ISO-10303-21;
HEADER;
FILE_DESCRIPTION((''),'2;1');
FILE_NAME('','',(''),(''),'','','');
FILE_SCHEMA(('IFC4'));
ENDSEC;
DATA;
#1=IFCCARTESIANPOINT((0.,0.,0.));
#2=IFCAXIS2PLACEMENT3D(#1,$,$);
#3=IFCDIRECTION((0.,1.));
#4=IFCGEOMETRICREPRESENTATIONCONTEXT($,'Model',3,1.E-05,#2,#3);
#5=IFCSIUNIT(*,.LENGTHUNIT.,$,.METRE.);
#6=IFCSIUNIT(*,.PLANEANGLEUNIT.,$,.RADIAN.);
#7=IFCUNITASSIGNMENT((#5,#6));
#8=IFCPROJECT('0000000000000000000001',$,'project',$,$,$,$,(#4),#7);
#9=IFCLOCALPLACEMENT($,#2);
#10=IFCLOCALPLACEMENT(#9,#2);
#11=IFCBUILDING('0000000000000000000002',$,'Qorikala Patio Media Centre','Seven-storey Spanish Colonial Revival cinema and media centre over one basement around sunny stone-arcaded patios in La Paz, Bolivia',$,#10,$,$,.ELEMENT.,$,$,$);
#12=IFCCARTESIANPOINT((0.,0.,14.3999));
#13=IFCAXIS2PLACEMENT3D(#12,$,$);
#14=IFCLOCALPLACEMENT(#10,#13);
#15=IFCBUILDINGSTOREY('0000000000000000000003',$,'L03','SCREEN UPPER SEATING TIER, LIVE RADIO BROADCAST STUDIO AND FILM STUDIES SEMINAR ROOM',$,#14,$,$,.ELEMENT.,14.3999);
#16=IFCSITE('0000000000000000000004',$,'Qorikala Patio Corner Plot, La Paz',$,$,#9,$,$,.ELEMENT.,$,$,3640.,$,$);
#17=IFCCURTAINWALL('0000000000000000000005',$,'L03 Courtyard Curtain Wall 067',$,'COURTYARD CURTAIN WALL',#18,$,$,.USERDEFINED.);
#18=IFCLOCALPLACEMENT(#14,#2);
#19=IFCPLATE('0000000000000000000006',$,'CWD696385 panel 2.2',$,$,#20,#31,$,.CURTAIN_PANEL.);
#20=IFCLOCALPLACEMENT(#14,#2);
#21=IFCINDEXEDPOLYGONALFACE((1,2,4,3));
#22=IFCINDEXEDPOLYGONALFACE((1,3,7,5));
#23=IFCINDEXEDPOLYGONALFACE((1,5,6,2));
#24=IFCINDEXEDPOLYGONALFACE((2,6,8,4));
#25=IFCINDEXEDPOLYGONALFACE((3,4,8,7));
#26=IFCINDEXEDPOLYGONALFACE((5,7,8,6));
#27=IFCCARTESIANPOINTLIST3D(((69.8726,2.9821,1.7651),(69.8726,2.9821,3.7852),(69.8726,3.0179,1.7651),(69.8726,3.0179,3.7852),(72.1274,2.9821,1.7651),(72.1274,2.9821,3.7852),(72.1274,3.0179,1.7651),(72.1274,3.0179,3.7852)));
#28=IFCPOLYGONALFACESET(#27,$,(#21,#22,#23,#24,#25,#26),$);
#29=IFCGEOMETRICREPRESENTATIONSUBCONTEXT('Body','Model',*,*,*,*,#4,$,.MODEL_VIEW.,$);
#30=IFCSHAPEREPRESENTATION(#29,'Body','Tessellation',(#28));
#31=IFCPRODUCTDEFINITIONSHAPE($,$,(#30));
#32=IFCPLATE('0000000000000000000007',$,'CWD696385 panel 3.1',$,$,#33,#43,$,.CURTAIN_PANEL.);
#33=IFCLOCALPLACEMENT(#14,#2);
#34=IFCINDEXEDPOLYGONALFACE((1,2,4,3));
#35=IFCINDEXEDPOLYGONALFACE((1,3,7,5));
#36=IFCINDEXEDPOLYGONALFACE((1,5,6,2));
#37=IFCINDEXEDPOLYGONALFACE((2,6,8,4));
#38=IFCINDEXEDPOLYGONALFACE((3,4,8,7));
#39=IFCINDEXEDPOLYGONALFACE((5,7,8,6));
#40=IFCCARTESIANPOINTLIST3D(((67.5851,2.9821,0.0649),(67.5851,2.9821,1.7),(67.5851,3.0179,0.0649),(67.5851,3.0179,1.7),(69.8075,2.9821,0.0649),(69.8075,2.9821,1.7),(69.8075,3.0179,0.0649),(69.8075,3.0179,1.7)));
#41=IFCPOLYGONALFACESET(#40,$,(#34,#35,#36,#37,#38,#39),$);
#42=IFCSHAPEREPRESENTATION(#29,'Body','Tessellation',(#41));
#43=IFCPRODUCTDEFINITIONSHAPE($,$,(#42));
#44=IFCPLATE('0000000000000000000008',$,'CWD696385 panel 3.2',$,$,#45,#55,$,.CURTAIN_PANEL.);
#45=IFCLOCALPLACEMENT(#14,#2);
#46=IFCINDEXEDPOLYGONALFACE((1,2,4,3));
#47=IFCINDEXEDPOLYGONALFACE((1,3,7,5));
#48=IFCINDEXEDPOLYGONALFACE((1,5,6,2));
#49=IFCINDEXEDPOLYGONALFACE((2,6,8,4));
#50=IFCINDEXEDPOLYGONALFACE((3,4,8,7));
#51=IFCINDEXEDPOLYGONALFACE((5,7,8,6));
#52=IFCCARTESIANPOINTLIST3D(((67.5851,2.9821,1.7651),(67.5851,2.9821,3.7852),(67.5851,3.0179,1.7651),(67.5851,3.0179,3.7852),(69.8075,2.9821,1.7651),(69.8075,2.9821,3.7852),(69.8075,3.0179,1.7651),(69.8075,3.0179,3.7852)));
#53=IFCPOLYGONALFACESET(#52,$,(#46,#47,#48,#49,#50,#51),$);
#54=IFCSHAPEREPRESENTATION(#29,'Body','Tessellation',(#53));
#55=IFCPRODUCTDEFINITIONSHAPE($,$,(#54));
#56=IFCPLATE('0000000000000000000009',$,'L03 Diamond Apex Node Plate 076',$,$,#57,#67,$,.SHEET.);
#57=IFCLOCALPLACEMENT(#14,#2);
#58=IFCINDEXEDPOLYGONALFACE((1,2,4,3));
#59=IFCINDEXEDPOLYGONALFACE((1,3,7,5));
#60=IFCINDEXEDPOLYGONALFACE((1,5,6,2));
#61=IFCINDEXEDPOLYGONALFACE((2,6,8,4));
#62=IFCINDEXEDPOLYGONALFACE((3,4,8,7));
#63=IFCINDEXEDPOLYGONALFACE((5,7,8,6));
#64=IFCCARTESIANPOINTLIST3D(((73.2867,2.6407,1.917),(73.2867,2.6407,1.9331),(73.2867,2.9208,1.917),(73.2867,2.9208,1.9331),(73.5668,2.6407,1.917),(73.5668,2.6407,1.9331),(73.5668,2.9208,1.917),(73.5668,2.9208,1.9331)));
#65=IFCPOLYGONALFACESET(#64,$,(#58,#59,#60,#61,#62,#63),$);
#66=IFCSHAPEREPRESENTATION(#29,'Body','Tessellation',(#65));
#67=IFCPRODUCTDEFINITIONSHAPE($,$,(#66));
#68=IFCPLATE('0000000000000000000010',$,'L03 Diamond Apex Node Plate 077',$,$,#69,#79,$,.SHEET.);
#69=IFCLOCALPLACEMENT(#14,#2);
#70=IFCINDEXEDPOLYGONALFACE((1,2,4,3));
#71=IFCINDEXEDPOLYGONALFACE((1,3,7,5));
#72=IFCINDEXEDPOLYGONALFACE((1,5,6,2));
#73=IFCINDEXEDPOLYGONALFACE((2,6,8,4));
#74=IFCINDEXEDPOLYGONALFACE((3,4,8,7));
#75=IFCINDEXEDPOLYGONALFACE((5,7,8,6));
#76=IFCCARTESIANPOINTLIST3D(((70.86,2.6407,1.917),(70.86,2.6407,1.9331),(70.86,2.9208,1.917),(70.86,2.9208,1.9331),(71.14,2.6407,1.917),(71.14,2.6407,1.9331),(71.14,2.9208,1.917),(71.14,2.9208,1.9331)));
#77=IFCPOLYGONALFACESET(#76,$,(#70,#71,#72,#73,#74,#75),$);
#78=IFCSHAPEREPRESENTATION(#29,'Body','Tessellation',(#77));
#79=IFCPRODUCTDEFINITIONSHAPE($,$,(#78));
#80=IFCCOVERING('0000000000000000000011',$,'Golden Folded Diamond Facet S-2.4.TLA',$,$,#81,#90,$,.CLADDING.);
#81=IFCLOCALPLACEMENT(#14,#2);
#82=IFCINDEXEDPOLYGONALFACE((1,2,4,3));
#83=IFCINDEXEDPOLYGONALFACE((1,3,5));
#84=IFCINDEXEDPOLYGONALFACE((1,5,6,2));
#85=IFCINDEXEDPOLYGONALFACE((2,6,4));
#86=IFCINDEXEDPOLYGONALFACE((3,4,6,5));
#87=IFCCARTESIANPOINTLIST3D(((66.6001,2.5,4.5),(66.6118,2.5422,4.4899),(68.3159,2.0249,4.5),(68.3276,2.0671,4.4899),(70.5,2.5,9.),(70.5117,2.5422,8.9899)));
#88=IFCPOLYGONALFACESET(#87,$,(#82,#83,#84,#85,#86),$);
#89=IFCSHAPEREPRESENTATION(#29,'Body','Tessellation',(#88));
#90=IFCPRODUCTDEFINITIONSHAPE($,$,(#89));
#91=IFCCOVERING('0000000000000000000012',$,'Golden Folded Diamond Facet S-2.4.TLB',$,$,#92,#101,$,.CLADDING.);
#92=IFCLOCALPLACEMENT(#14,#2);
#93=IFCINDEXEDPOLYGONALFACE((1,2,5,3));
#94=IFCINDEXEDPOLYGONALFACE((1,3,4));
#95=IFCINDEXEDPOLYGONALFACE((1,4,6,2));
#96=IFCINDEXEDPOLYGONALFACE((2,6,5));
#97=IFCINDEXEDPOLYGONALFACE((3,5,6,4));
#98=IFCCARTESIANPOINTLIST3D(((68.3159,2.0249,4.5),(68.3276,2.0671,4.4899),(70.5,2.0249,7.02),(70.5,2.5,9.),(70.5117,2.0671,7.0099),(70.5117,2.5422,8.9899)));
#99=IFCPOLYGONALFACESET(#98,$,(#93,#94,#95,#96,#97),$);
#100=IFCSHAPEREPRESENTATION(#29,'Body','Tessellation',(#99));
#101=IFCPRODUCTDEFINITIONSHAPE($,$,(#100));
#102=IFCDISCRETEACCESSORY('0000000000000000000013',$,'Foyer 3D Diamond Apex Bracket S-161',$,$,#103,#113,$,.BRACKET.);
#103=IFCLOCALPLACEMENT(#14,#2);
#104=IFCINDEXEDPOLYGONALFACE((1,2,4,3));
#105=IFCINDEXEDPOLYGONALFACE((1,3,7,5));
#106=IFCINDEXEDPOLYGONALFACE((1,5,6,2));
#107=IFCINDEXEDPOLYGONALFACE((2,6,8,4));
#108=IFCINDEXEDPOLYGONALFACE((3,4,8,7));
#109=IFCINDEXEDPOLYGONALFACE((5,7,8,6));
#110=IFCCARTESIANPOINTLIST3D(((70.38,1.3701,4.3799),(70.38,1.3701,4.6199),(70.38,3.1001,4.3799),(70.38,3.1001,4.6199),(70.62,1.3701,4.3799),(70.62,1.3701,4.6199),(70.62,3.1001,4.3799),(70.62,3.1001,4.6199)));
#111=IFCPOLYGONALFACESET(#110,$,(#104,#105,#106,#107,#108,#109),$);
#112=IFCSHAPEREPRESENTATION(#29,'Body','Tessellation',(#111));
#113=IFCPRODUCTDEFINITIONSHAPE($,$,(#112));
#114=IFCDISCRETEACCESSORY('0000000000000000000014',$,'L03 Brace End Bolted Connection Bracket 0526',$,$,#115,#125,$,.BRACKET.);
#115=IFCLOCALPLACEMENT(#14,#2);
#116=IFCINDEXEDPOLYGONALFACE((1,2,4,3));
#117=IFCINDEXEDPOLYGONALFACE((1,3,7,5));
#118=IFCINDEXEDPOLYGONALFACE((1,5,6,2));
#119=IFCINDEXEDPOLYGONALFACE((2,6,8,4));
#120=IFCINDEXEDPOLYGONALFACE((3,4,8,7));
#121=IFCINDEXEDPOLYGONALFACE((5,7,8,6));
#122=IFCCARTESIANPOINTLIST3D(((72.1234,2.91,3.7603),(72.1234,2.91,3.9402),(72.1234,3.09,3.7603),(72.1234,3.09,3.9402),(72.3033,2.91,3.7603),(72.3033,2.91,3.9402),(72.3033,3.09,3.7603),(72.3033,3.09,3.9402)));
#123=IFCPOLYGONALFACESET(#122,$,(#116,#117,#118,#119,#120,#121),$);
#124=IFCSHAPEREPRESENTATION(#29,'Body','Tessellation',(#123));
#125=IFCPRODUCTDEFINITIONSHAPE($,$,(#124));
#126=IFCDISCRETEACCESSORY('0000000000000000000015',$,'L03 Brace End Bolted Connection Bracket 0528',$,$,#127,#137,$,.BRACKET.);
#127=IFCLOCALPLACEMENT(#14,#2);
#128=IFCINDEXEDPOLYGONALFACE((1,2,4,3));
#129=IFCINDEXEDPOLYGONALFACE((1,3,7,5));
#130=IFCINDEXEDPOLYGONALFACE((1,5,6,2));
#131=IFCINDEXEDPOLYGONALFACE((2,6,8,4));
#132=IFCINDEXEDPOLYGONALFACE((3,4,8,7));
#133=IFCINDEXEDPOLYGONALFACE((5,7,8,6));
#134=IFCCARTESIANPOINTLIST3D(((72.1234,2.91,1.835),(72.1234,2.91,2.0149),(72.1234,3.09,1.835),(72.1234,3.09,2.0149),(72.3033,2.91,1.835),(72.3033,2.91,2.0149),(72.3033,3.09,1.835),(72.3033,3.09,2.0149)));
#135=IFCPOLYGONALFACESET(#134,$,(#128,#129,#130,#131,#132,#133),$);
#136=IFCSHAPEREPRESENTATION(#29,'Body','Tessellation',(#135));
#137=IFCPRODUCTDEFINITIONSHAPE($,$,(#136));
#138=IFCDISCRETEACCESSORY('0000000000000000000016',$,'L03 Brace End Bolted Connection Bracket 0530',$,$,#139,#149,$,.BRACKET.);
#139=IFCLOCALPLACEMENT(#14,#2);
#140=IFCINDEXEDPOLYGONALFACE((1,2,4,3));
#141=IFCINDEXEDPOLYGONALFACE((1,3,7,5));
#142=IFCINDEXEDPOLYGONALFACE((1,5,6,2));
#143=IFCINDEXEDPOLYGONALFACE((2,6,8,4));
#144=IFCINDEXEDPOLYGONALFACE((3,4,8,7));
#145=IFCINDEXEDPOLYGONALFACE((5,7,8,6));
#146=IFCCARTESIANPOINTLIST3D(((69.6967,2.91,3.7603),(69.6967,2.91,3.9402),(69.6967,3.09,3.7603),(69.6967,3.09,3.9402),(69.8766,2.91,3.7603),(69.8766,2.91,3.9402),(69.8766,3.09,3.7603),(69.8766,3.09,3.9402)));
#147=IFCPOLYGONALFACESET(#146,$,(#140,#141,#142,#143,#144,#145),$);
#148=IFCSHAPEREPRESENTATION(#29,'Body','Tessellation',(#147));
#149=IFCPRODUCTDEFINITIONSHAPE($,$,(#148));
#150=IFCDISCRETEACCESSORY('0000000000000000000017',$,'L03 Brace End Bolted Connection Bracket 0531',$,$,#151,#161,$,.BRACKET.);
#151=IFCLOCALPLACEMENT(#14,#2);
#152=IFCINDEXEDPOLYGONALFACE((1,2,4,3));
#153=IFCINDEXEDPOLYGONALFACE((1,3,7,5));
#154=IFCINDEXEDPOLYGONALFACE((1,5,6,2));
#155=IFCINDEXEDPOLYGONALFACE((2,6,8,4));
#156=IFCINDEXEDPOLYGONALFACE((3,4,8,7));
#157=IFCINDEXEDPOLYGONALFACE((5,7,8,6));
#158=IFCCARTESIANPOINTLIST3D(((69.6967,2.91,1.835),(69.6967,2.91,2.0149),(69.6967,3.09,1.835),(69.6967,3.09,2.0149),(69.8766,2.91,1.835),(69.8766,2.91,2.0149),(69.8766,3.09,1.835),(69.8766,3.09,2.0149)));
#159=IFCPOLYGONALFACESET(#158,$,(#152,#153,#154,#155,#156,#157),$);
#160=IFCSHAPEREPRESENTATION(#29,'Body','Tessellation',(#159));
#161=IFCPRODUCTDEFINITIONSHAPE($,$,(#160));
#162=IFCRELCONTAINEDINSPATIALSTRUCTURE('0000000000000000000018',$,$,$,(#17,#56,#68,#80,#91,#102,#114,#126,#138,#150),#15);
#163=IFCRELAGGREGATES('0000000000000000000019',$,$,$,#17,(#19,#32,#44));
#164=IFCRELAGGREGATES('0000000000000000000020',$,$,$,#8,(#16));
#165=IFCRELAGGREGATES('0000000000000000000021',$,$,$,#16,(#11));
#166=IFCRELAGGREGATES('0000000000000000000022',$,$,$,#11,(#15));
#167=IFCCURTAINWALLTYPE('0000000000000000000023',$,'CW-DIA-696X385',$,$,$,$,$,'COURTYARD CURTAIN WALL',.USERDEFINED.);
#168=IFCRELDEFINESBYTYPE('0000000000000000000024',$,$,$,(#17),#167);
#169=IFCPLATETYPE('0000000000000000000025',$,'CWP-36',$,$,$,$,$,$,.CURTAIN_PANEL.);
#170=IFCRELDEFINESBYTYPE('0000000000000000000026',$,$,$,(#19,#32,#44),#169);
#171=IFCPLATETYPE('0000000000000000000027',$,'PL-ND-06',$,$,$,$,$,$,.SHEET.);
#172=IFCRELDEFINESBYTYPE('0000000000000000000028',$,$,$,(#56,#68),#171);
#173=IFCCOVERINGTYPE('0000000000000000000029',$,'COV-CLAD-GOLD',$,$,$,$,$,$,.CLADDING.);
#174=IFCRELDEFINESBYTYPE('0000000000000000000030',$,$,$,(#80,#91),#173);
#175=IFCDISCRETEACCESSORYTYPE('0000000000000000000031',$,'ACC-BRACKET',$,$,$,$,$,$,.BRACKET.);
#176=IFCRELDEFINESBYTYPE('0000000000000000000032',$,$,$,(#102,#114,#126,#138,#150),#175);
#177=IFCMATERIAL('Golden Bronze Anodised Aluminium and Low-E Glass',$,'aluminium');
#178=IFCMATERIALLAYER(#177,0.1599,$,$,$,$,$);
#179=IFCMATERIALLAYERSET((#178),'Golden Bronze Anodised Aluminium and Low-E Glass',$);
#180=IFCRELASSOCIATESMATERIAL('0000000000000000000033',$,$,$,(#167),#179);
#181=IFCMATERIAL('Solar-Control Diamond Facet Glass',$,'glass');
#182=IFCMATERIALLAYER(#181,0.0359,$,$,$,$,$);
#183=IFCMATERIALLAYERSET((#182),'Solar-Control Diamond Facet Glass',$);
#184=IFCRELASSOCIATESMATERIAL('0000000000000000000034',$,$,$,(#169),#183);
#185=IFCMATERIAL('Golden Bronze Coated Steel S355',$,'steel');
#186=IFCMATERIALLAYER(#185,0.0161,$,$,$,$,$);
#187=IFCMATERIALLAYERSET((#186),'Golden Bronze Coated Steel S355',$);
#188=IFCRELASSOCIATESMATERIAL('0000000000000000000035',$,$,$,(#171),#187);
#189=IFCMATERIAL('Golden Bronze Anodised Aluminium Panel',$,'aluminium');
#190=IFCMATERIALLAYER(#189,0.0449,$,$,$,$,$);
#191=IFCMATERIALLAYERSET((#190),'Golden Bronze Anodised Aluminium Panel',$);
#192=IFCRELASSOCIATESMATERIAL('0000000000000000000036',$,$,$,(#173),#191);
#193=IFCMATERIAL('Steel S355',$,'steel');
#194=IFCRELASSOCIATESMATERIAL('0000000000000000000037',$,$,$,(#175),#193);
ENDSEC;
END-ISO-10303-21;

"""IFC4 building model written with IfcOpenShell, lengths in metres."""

from ifc_helpers import new_model, si_unit, direction, frame, origin, origin_2d, place, context, subcontext, project, spatial, polyline, rectangle, outline, extrude, material, layer, layer_set, type_object, element, aggregate, save


model = new_model("IFC4")

# Units and contexts
model_context = context("Model", 3, precision=1e-05, world=origin(), true_north=direction((0.0, 1.0)))
body_context = subcontext(model_context, "Body", "Model", "MODEL_VIEW")
ifc_project = project(units=[si_unit("LENGTHUNIT", "METRE"), si_unit("PLANEANGLEUNIT", "RADIAN")], contexts=[model_context])

# Site, building, storey
site_placement = place(None, origin())
site = spatial("IfcSite", under=ifc_project, at=site_placement, Name="Qorikala Patio Corner Plot, La Paz", CompositionType="ELEMENT", RefElevation=3640.0)
building_placement = place(site_placement, origin())
building = spatial("IfcBuilding", under=site, at=building_placement, Name="Qorikala Patio Media Centre", Description="Seven-storey Spanish Colonial Revival cinema and media centre over one basement around sunny stone-arcaded patios in La Paz, Bolivia", CompositionType="ELEMENT")
storey_placement = place(building_placement, frame((0.0, 0.0, 14.3999)))
storey = spatial("IfcBuildingStorey", under=building, at=storey_placement, Name="L03", Description="SCREEN UPPER SEATING TIER, LIVE RADIO BROADCAST STUDIO AND FILM STUDIES SEMINAR ROOM", CompositionType="ELEMENT", Elevation=14.3999)

# Shared definitions
ifc_material_1 = material(Name="Golden Bronze Coated Steel S355", Category="steel")

# Curtain wall
ifc_material_2 = material(Name="Golden Bronze Anodised Aluminium and Low-E Glass", Category="aluminium")
ifc_layer_1 = layer(ifc_material_2, 0.1599)
ifc_layer_set_1 = layer_set([ifc_layer_1], Name="Golden Bronze Anodised Aluminium and Low-E Glass")
curtain_wall_type = type_object("IfcCurtainWallType", Name="CW-DIA-696X385", ElementType="COURTYARD CURTAIN WALL", PredefinedType="USERDEFINED", material=ifc_layer_set_1)
curtain_wall_placement = place(storey_placement, origin())
curtain_wall = element("IfcCurtainWall", 1, at=curtain_wall_placement, inside=storey, type_object=curtain_wall_type, Name="L03 Courtyard Curtain Wall 067", ObjectType="COURTYARD CURTAIN WALL", PredefinedType="USERDEFINED")

# Plates
ifc_material_3 = material(Name="Solar-Control Diamond Facet Glass", Category="glass")
ifc_layer_2 = layer(ifc_material_3, 0.0359)
ifc_layer_set_2 = layer_set([ifc_layer_2], Name="Solar-Control Diamond Facet Glass")
plate_type_1 = type_object("IfcPlateType", Name="CWP-36", PredefinedType="CURTAIN_PANEL", material=ifc_layer_set_2)
plate_1_placement = place(storey_placement, frame((71.0, 3.0, 1.7651), z_axis=(0.0, 0.0, 1.0), x_axis=(-1.0, 0.0, 0.0)))
plate_1 = element("IfcPlate", 2, at=plate_1_placement, type_object=plate_type_1, Name="CWD696385 panel 2.2", PredefinedType="CURTAIN_PANEL", context=body_context, shape_type="SweptSolid", body=[
    extrude(rectangle(XDim=2.2549, YDim=0.0359, at=origin_2d()), origin(), (0.0, 0.0, 1.0), 2.02),
])
plate_2_placement = place(storey_placement, frame((68.6963, 3.0, 0.0649), z_axis=(0.0, 0.0, 1.0), x_axis=(-1.0, 0.0, 0.0)))
plate_2 = element("IfcPlate", 3, at=plate_2_placement, type_object=plate_type_1, Name="CWD696385 panel 3.1", PredefinedType="CURTAIN_PANEL", context=body_context, shape_type="SweptSolid", body=[
    extrude(rectangle(XDim=2.2224, YDim=0.0359, at=origin_2d()), origin(), (0.0, 0.0, 1.0), 1.635),
])
plate_3_placement = place(storey_placement, frame((68.6963, 3.0, 1.7651), z_axis=(0.0, 0.0, 1.0), x_axis=(-1.0, 0.0, 0.0)))
plate_3 = element("IfcPlate", 4, at=plate_3_placement, type_object=plate_type_1, Name="CWD696385 panel 3.2", PredefinedType="CURTAIN_PANEL", context=body_context, shape_type="SweptSolid", body=[
    extrude(rectangle(XDim=2.2224, YDim=0.0359, at=origin_2d()), origin(), (0.0, 0.0, 1.0), 2.02),
])
aggregate(curtain_wall, [plate_1, plate_2, plate_3])

# Plates
ifc_layer_3 = layer(ifc_material_1, 0.0161)
ifc_layer_set_3 = layer_set([ifc_layer_3], Name="Golden Bronze Coated Steel S355")
plate_type_2 = type_object("IfcPlateType", Name="PL-ND-06", PredefinedType="SHEET", material=ifc_layer_set_3)
for number, where, z_axis, x_axis, name in (
    (5, (73.4268, 2.7808, 1.917), (0.0, 0.0, 1.0), (-1.0, 0.0, 0.0), "L03 Diamond Apex Node Plate 076"),
    (6, (71.0, 2.7808, 1.917), (0.0, 0.0, 1.0), (-1.0, 0.0, 0.0), "L03 Diamond Apex Node Plate 077"),
):
    element("IfcPlate", number, at=place(storey_placement, frame(where, z_axis=z_axis, x_axis=x_axis)), inside=storey, type_object=plate_type_2, Name=name, PredefinedType="SHEET", context=body_context, shape_type="SweptSolid", body=[
        extrude(rectangle(XDim=0.28, YDim=0.28, at=origin_2d()), origin(), (0.0, 0.0, 1.0), 0.0161),
    ])

# Coverings
ifc_material_4 = material(Name="Golden Bronze Anodised Aluminium Panel", Category="aluminium")
ifc_layer_4 = layer(ifc_material_4, 0.0449)
ifc_layer_set_4 = layer_set([ifc_layer_4], Name="Golden Bronze Anodised Aluminium Panel")
covering_type = type_object("IfcCoveringType", Name="COV-CLAD-GOLD", PredefinedType="CLADDING", material=ifc_layer_set_4)
covering_1_placement = place(storey_placement, frame((70.5, 2.5, 9.0), z_axis=(-0.25999, -0.938955, 0.225319), x_axis=(-0.654921, 0.0, -0.755697)))
element("IfcCovering", 7, at=covering_1_placement, inside=storey, type_object=covering_type, Name="Golden Folded Diamond Facet S-2.4.TLA", PredefinedType="CLADDING", context=body_context, shape_type="SweptSolid", body=[
    extrude(outline(polyline([(0.0, 0.0), (5.9548, 0.0), (4.831, 1.3809), (0.0, 0.0)])), origin(), (0.0, 0.0, -1.0), 0.0449),
])
covering_2_placement = place(storey_placement, frame((70.5, 2.5, 9.0), z_axis=(-0.25996, -0.938966, 0.225306), x_axis=(-0.434684, -0.094556, -0.895606)))
element("IfcCovering", 8, at=covering_2_placement, inside=storey, type_object=covering_type, Name="Golden Folded Diamond Facet S-2.4.TLB", PredefinedType="CLADDING", context=body_context, shape_type="SweptSolid", body=[
    extrude(outline(polyline([(0.0, 0.0), (5.0245, 0.0), (1.8182, 0.9166), (0.0, 0.0)])), origin(), (0.0, 0.0, -1.0), 0.0449),
])

# Discrete accessories
ifc_material_5 = material(Name="Steel S355", Category="steel")
discrete_accessory_type = type_object("IfcDiscreteAccessoryType", Name="ACC-BRACKET", PredefinedType="BRACKET", material=ifc_material_5)
discrete_accessory_placement = place(storey_placement, frame((70.5, 2.2351, 4.3799), z_axis=(0.0, 0.0, 1.0), x_axis=(1.0, 0.0, 0.0)))
element("IfcDiscreteAccessory", 9, at=discrete_accessory_placement, inside=storey, type_object=discrete_accessory_type, Name="Foyer 3D Diamond Apex Bracket S-161", PredefinedType="BRACKET", context=body_context, shape_type="SweptSolid", body=[
    extrude(rectangle(XDim=0.24, YDim=1.73, at=origin_2d()), origin(), (0.0, 0.0, 1.0), 0.24),
])
for number, where, z_axis, x_axis, name in (
    (10, (72.2134, 3.0, 3.7603), (0.0, 0.0, 1.0), (1.0, 0.0, 0.0), "L03 Brace End Bolted Connection Bracket 0526"),
    (11, (72.2134, 3.0, 1.835), (0.0, 0.0, 1.0), (1.0, 0.0, 0.0), "L03 Brace End Bolted Connection Bracket 0528"),
    (12, (69.7866, 3.0, 3.7603), (0.0, 0.0, 1.0), (1.0, 0.0, 0.0), "L03 Brace End Bolted Connection Bracket 0530"),
    (13, (69.7866, 3.0, 1.835), (0.0, 0.0, 1.0), (1.0, 0.0, 0.0), "L03 Brace End Bolted Connection Bracket 0531"),
):
    element("IfcDiscreteAccessory", number, at=place(storey_placement, frame(where, z_axis=z_axis, x_axis=x_axis)), inside=storey, type_object=discrete_accessory_type, Name=name, PredefinedType="BRACKET", context=body_context, shape_type="SweptSolid", body=[
        extrude(rectangle(XDim=0.1799, YDim=0.1799, at=origin_2d()), origin(), (0.0, 0.0, 1.0), 0.1799),
    ])

save(model, "model.ifc")
